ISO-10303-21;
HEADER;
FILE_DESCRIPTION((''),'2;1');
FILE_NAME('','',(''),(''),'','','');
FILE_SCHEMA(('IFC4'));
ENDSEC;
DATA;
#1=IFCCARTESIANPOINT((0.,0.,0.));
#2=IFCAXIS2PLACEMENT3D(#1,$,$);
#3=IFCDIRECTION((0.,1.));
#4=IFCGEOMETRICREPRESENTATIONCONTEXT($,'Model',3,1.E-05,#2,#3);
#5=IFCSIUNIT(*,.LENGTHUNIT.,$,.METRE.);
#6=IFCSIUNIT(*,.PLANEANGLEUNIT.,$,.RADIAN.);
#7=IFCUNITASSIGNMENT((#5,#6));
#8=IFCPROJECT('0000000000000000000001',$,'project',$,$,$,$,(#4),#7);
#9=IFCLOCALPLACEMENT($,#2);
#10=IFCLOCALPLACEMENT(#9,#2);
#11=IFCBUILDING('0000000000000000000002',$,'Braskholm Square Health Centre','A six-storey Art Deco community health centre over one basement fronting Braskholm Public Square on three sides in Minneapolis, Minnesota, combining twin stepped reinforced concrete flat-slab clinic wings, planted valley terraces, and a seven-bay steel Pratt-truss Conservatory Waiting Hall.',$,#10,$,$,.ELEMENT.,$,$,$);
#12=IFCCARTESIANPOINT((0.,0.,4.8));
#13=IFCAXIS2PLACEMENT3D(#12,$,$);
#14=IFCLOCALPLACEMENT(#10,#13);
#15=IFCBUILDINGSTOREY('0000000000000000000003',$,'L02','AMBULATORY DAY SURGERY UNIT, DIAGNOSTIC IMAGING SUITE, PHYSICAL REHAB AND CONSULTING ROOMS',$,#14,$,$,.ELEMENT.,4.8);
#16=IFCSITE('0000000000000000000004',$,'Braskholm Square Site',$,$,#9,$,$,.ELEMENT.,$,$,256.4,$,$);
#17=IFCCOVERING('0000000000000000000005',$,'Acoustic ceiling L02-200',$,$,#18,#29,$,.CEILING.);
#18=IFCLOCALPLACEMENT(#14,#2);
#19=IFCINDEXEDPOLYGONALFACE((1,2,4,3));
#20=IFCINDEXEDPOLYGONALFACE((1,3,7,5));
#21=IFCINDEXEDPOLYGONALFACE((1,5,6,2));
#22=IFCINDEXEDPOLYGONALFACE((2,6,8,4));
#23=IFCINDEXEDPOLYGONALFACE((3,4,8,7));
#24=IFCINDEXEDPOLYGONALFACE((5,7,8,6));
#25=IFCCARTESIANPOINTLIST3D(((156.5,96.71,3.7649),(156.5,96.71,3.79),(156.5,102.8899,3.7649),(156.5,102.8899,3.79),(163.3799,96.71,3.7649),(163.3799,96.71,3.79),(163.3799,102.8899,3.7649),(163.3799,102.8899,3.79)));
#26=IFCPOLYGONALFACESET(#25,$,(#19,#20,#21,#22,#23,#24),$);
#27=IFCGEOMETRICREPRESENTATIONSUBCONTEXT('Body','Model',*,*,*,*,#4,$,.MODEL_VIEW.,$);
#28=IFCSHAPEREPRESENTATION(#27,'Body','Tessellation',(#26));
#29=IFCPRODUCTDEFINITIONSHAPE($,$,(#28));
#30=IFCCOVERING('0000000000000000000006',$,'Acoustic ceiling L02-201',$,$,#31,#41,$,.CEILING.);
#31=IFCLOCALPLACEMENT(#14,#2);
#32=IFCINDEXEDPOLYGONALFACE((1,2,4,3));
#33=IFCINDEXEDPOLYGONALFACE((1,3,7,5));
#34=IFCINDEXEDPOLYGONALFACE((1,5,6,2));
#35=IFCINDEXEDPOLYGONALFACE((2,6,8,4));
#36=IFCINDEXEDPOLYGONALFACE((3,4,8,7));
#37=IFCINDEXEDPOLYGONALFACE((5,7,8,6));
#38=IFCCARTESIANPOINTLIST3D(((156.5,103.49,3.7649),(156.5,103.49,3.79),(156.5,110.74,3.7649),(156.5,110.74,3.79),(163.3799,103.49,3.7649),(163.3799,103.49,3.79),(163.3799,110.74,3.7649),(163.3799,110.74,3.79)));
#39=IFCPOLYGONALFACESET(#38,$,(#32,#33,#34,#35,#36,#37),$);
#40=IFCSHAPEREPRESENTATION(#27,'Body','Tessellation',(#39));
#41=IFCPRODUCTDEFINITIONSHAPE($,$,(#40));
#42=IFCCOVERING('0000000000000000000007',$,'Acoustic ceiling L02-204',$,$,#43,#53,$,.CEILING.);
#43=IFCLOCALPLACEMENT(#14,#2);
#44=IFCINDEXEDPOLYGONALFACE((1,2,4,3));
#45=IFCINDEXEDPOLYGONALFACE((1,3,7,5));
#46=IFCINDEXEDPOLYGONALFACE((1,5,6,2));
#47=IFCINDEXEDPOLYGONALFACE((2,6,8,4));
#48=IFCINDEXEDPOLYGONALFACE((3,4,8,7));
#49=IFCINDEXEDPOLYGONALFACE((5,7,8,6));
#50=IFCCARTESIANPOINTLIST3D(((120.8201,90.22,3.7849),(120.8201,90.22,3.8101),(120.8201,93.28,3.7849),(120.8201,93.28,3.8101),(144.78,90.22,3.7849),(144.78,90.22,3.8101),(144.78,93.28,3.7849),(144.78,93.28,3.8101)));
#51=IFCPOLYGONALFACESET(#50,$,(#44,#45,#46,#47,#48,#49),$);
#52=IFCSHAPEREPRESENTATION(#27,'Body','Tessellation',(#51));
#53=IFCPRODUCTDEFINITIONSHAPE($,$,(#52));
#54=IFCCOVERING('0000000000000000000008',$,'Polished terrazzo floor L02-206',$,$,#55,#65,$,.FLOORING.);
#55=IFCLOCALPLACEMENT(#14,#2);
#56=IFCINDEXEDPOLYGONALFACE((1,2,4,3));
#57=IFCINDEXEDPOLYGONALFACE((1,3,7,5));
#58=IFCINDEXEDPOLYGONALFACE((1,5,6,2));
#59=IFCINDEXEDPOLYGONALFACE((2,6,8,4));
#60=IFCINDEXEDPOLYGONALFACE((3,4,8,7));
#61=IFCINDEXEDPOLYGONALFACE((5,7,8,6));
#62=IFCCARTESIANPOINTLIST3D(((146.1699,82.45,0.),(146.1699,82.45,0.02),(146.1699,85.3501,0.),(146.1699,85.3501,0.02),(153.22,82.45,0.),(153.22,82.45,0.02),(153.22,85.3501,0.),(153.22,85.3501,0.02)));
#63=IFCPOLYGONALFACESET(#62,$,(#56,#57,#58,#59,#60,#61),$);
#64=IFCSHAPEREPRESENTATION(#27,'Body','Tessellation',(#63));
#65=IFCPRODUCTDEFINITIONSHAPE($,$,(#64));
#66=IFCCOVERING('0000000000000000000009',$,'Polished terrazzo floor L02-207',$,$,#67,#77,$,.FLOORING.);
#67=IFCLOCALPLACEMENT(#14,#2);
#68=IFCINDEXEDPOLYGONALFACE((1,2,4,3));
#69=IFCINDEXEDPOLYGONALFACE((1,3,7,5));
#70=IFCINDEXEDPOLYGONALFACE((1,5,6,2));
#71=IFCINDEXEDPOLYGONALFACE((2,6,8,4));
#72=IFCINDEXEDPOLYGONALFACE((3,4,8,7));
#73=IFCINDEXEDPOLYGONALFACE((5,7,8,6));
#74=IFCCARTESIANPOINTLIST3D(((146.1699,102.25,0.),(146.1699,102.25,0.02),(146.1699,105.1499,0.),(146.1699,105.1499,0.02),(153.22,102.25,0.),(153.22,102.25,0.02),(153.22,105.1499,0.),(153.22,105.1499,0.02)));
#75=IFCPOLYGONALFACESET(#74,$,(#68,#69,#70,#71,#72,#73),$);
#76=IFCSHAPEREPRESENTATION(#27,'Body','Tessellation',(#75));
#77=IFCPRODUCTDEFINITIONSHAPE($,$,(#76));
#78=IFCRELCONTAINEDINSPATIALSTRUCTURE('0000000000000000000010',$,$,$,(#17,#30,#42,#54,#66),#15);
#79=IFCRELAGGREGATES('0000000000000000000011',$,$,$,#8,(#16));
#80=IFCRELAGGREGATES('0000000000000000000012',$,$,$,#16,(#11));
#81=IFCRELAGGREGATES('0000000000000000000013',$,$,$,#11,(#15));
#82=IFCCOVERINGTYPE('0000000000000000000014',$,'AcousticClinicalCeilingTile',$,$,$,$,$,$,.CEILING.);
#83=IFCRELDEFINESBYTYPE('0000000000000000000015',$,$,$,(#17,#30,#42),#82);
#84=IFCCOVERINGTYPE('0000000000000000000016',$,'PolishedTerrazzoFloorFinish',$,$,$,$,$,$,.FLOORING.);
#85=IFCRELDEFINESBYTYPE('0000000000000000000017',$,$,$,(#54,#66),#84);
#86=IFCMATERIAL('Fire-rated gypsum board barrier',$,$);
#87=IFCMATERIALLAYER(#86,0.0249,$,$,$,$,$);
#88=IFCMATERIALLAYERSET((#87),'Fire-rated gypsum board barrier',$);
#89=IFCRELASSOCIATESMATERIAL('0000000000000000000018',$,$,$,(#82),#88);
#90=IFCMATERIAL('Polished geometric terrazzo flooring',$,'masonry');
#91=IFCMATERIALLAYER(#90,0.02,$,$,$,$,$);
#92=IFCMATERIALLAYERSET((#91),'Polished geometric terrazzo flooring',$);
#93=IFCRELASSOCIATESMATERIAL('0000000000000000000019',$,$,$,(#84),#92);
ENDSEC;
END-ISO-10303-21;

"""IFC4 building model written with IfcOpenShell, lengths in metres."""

from ifc_helpers import new_model, si_unit, direction, frame, origin, place, context, subcontext, project, spatial, polyline, outline, extrude, material, layer, layer_set, type_object, element, save


model = new_model("IFC4")

# Units and contexts
model_context = context("Model", 3, precision=1e-05, world=origin(), true_north=direction((0.0, 1.0)))
body_context = subcontext(model_context, "Body", "Model", "MODEL_VIEW")
ifc_project = project(units=[si_unit("LENGTHUNIT", "METRE"), si_unit("PLANEANGLEUNIT", "RADIAN")], contexts=[model_context])

# Site, building, storey
site_placement = place(None, origin())
site = spatial("IfcSite", under=ifc_project, at=site_placement, Name="Braskholm Square Site", CompositionType="ELEMENT", RefElevation=256.4)
building_placement = place(site_placement, origin())
building = spatial("IfcBuilding", under=site, at=building_placement, Name="Braskholm Square Health Centre", Description="A six-storey Art Deco community health centre over one basement fronting Braskholm Public Square on three sides in Minneapolis, Minnesota, combining twin stepped reinforced concrete flat-slab clinic wings, planted valley terraces, and a seven-bay steel Pratt-truss Conservatory Waiting Hall.", CompositionType="ELEMENT")
storey_placement = place(building_placement, frame((0.0, 0.0, 4.8)))
storey = spatial("IfcBuildingStorey", under=building, at=storey_placement, Name="L02", Description="AMBULATORY DAY SURGERY UNIT, DIAGNOSTIC IMAGING SUITE, PHYSICAL REHAB AND CONSULTING ROOMS", CompositionType="ELEMENT", Elevation=4.8)

# Coverings
ifc_material_1 = material(Name="Fire-rated gypsum board barrier")
ifc_layer_1 = layer(ifc_material_1, 0.0249)
ifc_layer_set_1 = layer_set([ifc_layer_1], Name="Fire-rated gypsum board barrier")
covering_type_1 = type_object("IfcCoveringType", Name="AcousticClinicalCeilingTile", PredefinedType="CEILING", material=ifc_layer_set_1)
covering_1_placement = place(storey_placement, frame((0.0, 0.0, 3.7649)))
element("IfcCovering", 1, at=covering_1_placement, inside=storey, type_object=covering_type_1, Name="Acoustic ceiling L02-200", PredefinedType="CEILING", context=body_context, shape_type="SweptSolid", body=[
    extrude(outline(polyline([(156.5, 96.71), (163.3799, 96.71), (163.3799, 102.8899), (156.5, 102.8899), (156.5, 96.71)])), origin(), (0.0, 0.0, 1.0), 0.0251),
])
covering_2_placement = place(storey_placement, frame((0.0, 0.0, 3.7649)))
element("IfcCovering", 2, at=covering_2_placement, inside=storey, type_object=covering_type_1, Name="Acoustic ceiling L02-201", PredefinedType="CEILING", context=body_context, shape_type="SweptSolid", body=[
    extrude(outline(polyline([(156.5, 103.49), (163.3799, 103.49), (163.3799, 110.74), (156.5, 110.74), (156.5, 103.49)])), origin(), (0.0, 0.0, 1.0), 0.0251),
])
covering_3_placement = place(storey_placement, frame((0.0, 0.0, 3.7849)))
element("IfcCovering", 3, at=covering_3_placement, inside=storey, type_object=covering_type_1, Name="Acoustic ceiling L02-204", PredefinedType="CEILING", context=body_context, shape_type="SweptSolid", body=[
    extrude(outline(polyline([(120.8201, 90.22), (144.78, 90.22), (144.78, 93.28), (120.8201, 93.28), (120.8201, 90.22)])), origin(), (0.0, 0.0, 1.0), 0.0251),
])
ifc_material_2 = material(Name="Polished geometric terrazzo flooring", Category="masonry")
ifc_layer_2 = layer(ifc_material_2, 0.02)
ifc_layer_set_2 = layer_set([ifc_layer_2], Name="Polished geometric terrazzo flooring")
covering_type_2 = type_object("IfcCoveringType", Name="PolishedTerrazzoFloorFinish", PredefinedType="FLOORING", material=ifc_layer_set_2)
covering_4_placement = place(storey_placement, origin())
element("IfcCovering", 4, at=covering_4_placement, inside=storey, type_object=covering_type_2, Name="Polished terrazzo floor L02-206", PredefinedType="FLOORING", context=body_context, shape_type="SweptSolid", body=[
    extrude(outline(polyline([(146.1699, 82.45), (153.22, 82.45), (153.22, 85.3501), (146.1699, 85.3501), (146.1699, 82.45)])), origin(), (0.0, 0.0, 1.0), 0.02),
])
covering_5_placement = place(storey_placement, origin())
element("IfcCovering", 5, at=covering_5_placement, inside=storey, type_object=covering_type_2, Name="Polished terrazzo floor L02-207", PredefinedType="FLOORING", context=body_context, shape_type="SweptSolid", body=[
    extrude(outline(polyline([(146.1699, 102.25), (153.22, 102.25), (153.22, 105.1499), (146.1699, 105.1499), (146.1699, 102.25)])), origin(), (0.0, 0.0, 1.0), 0.02),
])

save(model, "model.ifc")
